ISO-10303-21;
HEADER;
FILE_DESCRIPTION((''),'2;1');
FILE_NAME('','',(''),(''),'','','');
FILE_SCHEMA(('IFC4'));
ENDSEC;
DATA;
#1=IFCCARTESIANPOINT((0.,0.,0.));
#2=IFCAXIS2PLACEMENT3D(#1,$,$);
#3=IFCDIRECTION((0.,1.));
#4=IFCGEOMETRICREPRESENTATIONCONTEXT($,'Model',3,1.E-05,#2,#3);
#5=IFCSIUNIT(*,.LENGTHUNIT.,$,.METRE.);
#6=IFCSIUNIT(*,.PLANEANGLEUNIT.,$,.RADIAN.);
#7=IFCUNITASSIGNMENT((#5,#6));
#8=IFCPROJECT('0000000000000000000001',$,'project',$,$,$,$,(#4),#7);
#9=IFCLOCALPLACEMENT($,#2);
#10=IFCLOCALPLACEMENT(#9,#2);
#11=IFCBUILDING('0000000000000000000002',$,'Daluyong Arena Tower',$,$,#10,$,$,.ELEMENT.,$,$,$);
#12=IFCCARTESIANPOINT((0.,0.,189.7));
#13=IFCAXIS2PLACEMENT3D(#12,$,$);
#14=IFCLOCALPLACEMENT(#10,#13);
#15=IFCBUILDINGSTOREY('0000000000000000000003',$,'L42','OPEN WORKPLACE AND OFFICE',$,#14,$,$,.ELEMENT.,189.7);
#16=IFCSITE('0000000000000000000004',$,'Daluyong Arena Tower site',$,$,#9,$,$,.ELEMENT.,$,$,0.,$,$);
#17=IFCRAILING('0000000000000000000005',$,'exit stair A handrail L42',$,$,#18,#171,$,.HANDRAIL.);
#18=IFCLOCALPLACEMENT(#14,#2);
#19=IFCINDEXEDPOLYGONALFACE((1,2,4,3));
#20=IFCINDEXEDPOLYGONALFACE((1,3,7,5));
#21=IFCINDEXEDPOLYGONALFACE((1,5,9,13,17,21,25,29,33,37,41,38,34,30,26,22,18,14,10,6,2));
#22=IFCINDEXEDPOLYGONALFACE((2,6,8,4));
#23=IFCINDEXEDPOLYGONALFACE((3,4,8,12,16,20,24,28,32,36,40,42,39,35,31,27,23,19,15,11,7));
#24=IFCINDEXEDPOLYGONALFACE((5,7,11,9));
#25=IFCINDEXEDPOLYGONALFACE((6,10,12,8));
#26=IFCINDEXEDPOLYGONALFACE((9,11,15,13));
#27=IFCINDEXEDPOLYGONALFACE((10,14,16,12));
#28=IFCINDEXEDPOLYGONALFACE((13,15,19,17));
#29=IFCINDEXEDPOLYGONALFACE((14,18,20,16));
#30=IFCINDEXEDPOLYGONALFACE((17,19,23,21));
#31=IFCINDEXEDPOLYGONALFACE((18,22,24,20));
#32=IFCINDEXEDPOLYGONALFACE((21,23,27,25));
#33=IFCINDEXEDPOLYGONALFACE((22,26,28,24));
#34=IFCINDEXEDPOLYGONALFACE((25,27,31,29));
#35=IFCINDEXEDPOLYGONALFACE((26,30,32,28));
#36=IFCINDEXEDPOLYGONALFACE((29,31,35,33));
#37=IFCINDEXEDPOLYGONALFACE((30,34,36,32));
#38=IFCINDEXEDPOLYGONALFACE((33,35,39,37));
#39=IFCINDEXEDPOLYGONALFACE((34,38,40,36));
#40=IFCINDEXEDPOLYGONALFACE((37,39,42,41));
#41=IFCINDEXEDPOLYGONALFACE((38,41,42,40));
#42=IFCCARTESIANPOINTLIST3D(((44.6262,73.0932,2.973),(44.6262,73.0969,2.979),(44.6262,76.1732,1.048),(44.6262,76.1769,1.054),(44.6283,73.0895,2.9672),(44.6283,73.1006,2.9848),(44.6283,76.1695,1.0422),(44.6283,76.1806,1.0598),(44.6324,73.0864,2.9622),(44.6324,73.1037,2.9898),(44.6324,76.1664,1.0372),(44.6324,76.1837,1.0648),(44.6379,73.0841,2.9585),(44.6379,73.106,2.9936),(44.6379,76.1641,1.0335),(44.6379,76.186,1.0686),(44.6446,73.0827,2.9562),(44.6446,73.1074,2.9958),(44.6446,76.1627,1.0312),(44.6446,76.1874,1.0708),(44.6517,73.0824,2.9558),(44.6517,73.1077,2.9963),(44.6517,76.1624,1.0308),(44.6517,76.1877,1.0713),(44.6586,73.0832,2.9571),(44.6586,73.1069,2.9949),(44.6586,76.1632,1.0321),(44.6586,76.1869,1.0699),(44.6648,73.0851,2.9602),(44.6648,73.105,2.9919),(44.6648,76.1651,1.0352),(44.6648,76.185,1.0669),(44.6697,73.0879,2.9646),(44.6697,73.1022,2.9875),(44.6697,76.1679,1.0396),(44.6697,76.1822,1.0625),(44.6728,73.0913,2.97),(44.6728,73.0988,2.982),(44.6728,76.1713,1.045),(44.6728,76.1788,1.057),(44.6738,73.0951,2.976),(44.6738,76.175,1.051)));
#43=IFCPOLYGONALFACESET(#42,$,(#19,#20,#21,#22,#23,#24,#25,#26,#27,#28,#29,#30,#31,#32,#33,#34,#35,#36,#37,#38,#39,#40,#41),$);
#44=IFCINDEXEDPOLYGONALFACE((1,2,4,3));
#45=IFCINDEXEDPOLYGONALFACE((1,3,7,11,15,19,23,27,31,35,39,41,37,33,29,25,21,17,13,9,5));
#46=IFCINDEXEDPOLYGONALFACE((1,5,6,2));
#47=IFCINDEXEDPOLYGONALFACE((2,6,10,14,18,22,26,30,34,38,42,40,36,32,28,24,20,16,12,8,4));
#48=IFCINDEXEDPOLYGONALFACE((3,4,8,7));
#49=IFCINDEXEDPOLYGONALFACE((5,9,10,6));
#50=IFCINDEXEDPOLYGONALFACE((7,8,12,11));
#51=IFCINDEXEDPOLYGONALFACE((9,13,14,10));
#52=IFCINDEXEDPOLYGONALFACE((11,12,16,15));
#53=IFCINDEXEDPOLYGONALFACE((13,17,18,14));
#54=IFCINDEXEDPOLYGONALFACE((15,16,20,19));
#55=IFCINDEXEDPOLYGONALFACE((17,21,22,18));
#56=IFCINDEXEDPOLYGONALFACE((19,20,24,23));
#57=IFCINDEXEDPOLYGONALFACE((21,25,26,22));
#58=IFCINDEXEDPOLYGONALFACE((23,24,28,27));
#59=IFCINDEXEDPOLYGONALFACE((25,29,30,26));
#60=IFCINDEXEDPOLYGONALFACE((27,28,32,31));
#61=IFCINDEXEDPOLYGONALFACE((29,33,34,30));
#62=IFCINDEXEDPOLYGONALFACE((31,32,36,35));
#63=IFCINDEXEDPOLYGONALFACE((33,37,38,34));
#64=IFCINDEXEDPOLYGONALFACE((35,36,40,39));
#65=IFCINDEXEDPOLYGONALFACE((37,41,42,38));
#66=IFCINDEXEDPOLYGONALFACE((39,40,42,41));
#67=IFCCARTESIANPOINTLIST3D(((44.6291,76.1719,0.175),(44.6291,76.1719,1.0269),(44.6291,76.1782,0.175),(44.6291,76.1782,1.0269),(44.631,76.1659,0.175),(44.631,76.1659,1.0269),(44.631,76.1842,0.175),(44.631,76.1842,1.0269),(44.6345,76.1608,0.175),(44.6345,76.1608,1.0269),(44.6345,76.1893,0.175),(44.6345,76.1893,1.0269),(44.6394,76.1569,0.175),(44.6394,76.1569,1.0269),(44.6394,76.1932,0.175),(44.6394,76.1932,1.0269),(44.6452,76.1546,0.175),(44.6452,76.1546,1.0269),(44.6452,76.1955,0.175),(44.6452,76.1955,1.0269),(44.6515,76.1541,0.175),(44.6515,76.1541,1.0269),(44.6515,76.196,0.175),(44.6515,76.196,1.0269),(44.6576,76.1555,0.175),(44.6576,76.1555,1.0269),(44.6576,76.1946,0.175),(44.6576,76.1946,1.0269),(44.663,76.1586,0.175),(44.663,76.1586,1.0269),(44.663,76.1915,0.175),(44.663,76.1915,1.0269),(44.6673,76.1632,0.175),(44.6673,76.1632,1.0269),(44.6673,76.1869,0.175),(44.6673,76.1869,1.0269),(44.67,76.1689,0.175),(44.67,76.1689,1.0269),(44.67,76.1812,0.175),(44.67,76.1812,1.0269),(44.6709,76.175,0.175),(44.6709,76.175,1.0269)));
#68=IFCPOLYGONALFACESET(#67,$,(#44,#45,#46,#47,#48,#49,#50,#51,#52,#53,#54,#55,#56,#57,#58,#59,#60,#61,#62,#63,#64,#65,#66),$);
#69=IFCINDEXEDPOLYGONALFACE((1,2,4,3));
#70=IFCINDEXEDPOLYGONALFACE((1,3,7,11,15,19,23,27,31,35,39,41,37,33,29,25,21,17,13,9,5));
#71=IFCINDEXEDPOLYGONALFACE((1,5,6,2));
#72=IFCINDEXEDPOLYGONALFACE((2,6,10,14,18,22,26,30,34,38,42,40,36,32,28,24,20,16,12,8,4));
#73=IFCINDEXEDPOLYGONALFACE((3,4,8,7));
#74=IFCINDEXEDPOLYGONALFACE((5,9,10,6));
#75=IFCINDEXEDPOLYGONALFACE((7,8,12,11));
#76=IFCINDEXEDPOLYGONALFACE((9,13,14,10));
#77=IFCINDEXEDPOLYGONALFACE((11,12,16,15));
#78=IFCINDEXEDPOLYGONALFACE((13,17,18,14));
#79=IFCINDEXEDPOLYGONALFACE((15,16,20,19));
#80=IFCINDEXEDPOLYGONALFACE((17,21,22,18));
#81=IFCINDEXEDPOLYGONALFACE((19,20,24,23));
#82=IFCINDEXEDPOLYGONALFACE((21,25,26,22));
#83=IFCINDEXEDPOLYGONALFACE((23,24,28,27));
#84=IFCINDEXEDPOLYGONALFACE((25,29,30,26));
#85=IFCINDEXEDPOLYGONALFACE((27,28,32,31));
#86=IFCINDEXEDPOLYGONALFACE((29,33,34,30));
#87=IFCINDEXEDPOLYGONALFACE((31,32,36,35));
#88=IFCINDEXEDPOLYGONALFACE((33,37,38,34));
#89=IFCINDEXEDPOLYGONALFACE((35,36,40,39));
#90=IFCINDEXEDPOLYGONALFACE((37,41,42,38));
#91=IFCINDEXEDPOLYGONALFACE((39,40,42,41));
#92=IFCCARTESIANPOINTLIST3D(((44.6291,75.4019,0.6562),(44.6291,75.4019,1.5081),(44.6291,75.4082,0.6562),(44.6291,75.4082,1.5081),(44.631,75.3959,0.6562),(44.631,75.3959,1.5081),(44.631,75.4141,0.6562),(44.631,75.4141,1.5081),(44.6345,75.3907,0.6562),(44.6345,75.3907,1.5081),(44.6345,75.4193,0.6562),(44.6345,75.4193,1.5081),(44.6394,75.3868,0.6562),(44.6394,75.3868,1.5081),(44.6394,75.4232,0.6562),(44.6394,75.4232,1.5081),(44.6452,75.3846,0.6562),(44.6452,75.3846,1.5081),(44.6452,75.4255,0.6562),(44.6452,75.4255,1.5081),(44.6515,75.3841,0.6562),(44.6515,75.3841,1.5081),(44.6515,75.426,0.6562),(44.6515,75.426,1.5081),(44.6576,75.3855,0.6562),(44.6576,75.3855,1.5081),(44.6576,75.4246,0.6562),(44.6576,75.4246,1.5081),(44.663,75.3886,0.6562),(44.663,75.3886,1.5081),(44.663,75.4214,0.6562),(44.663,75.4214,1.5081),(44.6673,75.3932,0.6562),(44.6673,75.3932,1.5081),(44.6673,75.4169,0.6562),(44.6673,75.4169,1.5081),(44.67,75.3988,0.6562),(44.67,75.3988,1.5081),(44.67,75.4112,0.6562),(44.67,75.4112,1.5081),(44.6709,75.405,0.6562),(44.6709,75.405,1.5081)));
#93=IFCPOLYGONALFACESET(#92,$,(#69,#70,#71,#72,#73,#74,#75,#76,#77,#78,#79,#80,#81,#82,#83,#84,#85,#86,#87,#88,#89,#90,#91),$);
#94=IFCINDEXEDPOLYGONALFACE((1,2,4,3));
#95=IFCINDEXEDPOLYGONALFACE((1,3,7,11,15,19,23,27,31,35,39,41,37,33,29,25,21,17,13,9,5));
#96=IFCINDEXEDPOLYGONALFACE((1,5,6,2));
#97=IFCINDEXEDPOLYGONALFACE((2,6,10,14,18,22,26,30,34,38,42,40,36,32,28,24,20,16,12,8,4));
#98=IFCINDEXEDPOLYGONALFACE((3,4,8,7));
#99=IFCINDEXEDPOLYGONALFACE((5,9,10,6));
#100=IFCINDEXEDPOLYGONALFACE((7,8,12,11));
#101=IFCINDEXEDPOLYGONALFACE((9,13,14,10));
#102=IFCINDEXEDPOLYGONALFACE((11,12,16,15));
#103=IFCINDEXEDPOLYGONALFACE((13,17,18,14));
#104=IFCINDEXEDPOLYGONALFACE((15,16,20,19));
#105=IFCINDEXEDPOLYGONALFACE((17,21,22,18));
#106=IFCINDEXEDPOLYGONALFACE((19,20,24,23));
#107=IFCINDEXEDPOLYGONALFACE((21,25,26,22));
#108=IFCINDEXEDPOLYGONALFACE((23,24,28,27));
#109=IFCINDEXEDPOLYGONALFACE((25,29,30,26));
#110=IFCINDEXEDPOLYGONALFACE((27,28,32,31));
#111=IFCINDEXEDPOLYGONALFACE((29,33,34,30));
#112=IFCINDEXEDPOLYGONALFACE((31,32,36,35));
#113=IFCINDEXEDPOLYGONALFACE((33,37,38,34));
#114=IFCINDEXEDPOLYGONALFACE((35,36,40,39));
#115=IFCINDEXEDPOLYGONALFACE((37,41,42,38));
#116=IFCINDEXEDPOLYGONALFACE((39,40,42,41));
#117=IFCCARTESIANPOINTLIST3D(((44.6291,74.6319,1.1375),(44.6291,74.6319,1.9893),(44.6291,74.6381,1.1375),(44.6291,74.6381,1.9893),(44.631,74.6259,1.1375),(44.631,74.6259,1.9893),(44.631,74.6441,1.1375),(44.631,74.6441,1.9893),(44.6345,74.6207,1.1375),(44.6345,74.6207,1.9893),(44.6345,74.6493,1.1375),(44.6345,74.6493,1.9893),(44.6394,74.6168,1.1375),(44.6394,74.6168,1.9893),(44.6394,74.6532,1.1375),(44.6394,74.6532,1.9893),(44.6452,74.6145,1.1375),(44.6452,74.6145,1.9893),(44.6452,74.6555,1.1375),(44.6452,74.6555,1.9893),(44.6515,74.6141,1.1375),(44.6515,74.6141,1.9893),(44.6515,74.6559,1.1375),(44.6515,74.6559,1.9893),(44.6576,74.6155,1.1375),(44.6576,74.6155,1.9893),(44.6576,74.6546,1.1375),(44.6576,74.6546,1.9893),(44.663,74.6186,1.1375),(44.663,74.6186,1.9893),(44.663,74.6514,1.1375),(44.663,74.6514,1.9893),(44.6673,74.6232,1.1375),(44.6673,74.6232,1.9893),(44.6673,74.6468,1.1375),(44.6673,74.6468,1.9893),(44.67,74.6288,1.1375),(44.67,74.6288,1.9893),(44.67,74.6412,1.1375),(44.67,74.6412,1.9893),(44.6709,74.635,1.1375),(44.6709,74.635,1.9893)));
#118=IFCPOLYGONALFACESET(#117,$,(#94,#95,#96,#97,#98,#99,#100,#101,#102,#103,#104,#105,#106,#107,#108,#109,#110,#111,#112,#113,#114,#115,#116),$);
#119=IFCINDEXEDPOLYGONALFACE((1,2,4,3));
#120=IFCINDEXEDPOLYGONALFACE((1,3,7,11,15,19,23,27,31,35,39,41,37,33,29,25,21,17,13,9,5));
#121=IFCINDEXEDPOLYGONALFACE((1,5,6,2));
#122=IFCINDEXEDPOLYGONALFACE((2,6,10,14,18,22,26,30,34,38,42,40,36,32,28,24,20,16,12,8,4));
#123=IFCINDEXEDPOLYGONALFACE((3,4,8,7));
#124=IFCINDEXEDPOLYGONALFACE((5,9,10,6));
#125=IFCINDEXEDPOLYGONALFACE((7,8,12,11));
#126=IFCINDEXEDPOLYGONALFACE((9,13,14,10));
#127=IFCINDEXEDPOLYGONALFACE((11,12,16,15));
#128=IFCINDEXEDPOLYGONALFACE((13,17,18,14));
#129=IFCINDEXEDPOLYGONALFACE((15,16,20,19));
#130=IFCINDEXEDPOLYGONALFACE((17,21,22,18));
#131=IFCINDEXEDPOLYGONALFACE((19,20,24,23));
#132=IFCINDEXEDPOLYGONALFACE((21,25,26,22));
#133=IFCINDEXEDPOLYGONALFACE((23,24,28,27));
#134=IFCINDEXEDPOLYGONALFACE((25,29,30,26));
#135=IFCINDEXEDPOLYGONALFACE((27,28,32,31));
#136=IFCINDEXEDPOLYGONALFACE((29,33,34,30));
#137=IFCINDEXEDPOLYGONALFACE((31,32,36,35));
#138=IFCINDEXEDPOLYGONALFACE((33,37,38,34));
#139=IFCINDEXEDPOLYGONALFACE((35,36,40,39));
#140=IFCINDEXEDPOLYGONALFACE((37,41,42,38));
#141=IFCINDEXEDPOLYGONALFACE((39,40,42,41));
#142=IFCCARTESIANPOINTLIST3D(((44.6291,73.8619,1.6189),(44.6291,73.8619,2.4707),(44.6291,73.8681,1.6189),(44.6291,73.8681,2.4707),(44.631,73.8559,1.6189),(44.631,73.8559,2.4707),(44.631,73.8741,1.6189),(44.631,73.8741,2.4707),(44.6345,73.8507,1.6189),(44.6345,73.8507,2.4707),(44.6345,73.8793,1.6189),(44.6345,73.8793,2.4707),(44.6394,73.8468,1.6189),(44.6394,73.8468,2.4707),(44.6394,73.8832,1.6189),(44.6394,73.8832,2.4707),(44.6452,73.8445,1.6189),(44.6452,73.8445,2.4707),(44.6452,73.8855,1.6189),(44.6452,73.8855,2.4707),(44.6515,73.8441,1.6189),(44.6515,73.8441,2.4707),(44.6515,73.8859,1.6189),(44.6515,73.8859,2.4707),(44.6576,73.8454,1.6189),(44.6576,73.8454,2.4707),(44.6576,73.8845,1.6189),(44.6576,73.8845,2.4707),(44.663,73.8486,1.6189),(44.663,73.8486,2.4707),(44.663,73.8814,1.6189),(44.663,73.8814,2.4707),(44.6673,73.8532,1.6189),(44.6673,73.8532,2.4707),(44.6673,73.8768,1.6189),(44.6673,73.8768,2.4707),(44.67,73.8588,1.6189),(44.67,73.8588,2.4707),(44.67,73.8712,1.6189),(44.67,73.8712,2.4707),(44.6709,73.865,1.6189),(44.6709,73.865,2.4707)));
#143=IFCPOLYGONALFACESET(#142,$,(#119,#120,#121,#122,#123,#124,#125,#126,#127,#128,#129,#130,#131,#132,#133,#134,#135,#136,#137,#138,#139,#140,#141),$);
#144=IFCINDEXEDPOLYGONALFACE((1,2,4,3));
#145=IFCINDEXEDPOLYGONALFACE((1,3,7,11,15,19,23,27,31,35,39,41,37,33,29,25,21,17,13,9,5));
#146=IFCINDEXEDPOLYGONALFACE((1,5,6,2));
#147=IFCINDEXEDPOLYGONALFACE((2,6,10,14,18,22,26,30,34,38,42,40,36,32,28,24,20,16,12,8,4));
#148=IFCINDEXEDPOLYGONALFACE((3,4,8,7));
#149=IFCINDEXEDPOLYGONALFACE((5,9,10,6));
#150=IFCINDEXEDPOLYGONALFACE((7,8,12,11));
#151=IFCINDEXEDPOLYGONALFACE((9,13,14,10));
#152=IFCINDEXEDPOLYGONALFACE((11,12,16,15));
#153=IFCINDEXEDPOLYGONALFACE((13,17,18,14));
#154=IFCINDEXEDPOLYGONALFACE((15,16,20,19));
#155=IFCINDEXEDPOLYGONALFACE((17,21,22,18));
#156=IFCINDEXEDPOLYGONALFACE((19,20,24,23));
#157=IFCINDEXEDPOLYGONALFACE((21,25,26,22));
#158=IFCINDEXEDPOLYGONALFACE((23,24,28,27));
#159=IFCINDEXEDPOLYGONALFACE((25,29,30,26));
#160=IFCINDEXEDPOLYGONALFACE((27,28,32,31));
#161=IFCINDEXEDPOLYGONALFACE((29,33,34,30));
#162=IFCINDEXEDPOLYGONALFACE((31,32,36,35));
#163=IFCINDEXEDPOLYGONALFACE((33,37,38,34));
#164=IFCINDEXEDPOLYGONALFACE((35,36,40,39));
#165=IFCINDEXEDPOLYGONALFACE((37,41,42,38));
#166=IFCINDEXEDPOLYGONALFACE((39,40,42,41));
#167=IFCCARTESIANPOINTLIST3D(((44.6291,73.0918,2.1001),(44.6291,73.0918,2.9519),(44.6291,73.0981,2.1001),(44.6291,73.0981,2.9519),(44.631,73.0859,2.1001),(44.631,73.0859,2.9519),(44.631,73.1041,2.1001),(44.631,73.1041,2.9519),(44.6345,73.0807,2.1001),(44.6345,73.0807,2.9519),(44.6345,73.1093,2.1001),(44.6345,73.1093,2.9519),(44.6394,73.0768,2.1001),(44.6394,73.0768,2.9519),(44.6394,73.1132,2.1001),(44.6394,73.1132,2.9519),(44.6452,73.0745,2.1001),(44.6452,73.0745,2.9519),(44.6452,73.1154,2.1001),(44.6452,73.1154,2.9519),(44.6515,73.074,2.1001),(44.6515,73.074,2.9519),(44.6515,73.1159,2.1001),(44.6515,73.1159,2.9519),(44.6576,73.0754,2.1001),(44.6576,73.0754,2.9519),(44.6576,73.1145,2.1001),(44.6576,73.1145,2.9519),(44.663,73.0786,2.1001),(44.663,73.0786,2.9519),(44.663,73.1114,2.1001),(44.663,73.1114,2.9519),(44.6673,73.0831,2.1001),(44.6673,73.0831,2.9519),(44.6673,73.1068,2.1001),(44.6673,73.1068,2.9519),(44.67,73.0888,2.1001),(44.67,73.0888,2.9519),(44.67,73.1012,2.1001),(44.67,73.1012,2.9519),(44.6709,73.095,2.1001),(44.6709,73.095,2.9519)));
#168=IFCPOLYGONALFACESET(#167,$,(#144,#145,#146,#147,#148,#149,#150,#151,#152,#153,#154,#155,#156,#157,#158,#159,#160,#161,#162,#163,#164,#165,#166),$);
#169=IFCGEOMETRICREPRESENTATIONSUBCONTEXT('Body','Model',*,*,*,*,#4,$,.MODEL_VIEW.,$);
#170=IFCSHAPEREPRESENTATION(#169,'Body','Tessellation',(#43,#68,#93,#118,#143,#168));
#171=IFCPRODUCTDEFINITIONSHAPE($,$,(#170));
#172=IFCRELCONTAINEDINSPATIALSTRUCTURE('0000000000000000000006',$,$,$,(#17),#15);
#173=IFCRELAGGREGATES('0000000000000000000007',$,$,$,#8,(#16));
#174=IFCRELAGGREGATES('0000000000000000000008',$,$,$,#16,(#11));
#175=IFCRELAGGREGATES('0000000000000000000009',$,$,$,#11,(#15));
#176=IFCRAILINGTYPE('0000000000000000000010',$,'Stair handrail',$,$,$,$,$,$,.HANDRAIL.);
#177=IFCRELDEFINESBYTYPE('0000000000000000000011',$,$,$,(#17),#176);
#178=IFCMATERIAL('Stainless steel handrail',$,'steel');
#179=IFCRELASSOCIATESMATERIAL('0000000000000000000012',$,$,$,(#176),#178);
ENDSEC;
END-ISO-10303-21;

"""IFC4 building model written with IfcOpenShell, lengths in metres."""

from ifc_helpers import new_model, si_unit, direction, frame, origin, origin_2d, place, context, subcontext, project, spatial, circle, extrude, material, type_object, element, save


model = new_model("IFC4")

# Units and contexts
model_context = context("Model", 3, precision=1e-05, world=origin(), true_north=direction((0.0, 1.0)))
body_context = subcontext(model_context, "Body", "Model", "MODEL_VIEW")
ifc_project = project(units=[si_unit("LENGTHUNIT", "METRE"), si_unit("PLANEANGLEUNIT", "RADIAN")], contexts=[model_context])

# Site, building, storey
site_placement = place(None, origin())
site = spatial("IfcSite", under=ifc_project, at=site_placement, Name="Daluyong Arena Tower site", CompositionType="ELEMENT", RefElevation=0.0)
building_placement = place(site_placement, origin())
building = spatial("IfcBuilding", under=site, at=building_placement, Name="Daluyong Arena Tower", CompositionType="ELEMENT")
storey_placement = place(building_placement, frame((0.0, 0.0, 189.7)))
storey = spatial("IfcBuildingStorey", under=building, at=storey_placement, Name="L42", Description="OPEN WORKPLACE AND OFFICE", CompositionType="ELEMENT", Elevation=189.7)

# Railing
ifc_material_1 = material(Name="Stainless steel handrail", Category="steel")
railing_type_1 = type_object("IfcRailingType", Name="Stair handrail", PredefinedType="HANDRAIL", material=ifc_material_1)
railing_1_placement = place(storey_placement, frame((44.6499, 76.175, 0.175)))
element("IfcRailing", 1, at=railing_1_placement, inside=storey, type_object=railing_type_1, Name="exit stair A handrail L42", PredefinedType="HANDRAIL", context=body_context, shape_type="SweptSolid", body=[
    extrude(circle(Radius=0.0239, at=origin_2d()), frame((0.0, 0.0, 0.876), z_axis=(0.0, -0.847998, 0.529999), x_axis=(1.0, 0.0, 0.0)), (0.0, 0.0, 1.0), 3.6321),
    extrude(circle(Radius=0.021, at=origin_2d()), origin(), (0.0, 0.0, 1.0), 0.8518),
    extrude(circle(Radius=0.021, at=origin_2d()), frame((0.0, -0.77, 0.4812)), (0.0, 0.0, 1.0), 0.8518),
    extrude(circle(Radius=0.021, at=origin_2d()), frame((0.0, -1.54, 0.9624)), (0.0, 0.0, 1.0), 0.8518),
    extrude(circle(Radius=0.021, at=origin_2d()), frame((0.0, -2.3101, 1.4438)), (0.0, 0.0, 1.0), 0.8518),
    extrude(circle(Radius=0.021, at=origin_2d()), frame((0.0, -3.0801, 1.925)), (0.0, 0.0, 1.0), 0.8518),
])

save(model, "model.ifc")
